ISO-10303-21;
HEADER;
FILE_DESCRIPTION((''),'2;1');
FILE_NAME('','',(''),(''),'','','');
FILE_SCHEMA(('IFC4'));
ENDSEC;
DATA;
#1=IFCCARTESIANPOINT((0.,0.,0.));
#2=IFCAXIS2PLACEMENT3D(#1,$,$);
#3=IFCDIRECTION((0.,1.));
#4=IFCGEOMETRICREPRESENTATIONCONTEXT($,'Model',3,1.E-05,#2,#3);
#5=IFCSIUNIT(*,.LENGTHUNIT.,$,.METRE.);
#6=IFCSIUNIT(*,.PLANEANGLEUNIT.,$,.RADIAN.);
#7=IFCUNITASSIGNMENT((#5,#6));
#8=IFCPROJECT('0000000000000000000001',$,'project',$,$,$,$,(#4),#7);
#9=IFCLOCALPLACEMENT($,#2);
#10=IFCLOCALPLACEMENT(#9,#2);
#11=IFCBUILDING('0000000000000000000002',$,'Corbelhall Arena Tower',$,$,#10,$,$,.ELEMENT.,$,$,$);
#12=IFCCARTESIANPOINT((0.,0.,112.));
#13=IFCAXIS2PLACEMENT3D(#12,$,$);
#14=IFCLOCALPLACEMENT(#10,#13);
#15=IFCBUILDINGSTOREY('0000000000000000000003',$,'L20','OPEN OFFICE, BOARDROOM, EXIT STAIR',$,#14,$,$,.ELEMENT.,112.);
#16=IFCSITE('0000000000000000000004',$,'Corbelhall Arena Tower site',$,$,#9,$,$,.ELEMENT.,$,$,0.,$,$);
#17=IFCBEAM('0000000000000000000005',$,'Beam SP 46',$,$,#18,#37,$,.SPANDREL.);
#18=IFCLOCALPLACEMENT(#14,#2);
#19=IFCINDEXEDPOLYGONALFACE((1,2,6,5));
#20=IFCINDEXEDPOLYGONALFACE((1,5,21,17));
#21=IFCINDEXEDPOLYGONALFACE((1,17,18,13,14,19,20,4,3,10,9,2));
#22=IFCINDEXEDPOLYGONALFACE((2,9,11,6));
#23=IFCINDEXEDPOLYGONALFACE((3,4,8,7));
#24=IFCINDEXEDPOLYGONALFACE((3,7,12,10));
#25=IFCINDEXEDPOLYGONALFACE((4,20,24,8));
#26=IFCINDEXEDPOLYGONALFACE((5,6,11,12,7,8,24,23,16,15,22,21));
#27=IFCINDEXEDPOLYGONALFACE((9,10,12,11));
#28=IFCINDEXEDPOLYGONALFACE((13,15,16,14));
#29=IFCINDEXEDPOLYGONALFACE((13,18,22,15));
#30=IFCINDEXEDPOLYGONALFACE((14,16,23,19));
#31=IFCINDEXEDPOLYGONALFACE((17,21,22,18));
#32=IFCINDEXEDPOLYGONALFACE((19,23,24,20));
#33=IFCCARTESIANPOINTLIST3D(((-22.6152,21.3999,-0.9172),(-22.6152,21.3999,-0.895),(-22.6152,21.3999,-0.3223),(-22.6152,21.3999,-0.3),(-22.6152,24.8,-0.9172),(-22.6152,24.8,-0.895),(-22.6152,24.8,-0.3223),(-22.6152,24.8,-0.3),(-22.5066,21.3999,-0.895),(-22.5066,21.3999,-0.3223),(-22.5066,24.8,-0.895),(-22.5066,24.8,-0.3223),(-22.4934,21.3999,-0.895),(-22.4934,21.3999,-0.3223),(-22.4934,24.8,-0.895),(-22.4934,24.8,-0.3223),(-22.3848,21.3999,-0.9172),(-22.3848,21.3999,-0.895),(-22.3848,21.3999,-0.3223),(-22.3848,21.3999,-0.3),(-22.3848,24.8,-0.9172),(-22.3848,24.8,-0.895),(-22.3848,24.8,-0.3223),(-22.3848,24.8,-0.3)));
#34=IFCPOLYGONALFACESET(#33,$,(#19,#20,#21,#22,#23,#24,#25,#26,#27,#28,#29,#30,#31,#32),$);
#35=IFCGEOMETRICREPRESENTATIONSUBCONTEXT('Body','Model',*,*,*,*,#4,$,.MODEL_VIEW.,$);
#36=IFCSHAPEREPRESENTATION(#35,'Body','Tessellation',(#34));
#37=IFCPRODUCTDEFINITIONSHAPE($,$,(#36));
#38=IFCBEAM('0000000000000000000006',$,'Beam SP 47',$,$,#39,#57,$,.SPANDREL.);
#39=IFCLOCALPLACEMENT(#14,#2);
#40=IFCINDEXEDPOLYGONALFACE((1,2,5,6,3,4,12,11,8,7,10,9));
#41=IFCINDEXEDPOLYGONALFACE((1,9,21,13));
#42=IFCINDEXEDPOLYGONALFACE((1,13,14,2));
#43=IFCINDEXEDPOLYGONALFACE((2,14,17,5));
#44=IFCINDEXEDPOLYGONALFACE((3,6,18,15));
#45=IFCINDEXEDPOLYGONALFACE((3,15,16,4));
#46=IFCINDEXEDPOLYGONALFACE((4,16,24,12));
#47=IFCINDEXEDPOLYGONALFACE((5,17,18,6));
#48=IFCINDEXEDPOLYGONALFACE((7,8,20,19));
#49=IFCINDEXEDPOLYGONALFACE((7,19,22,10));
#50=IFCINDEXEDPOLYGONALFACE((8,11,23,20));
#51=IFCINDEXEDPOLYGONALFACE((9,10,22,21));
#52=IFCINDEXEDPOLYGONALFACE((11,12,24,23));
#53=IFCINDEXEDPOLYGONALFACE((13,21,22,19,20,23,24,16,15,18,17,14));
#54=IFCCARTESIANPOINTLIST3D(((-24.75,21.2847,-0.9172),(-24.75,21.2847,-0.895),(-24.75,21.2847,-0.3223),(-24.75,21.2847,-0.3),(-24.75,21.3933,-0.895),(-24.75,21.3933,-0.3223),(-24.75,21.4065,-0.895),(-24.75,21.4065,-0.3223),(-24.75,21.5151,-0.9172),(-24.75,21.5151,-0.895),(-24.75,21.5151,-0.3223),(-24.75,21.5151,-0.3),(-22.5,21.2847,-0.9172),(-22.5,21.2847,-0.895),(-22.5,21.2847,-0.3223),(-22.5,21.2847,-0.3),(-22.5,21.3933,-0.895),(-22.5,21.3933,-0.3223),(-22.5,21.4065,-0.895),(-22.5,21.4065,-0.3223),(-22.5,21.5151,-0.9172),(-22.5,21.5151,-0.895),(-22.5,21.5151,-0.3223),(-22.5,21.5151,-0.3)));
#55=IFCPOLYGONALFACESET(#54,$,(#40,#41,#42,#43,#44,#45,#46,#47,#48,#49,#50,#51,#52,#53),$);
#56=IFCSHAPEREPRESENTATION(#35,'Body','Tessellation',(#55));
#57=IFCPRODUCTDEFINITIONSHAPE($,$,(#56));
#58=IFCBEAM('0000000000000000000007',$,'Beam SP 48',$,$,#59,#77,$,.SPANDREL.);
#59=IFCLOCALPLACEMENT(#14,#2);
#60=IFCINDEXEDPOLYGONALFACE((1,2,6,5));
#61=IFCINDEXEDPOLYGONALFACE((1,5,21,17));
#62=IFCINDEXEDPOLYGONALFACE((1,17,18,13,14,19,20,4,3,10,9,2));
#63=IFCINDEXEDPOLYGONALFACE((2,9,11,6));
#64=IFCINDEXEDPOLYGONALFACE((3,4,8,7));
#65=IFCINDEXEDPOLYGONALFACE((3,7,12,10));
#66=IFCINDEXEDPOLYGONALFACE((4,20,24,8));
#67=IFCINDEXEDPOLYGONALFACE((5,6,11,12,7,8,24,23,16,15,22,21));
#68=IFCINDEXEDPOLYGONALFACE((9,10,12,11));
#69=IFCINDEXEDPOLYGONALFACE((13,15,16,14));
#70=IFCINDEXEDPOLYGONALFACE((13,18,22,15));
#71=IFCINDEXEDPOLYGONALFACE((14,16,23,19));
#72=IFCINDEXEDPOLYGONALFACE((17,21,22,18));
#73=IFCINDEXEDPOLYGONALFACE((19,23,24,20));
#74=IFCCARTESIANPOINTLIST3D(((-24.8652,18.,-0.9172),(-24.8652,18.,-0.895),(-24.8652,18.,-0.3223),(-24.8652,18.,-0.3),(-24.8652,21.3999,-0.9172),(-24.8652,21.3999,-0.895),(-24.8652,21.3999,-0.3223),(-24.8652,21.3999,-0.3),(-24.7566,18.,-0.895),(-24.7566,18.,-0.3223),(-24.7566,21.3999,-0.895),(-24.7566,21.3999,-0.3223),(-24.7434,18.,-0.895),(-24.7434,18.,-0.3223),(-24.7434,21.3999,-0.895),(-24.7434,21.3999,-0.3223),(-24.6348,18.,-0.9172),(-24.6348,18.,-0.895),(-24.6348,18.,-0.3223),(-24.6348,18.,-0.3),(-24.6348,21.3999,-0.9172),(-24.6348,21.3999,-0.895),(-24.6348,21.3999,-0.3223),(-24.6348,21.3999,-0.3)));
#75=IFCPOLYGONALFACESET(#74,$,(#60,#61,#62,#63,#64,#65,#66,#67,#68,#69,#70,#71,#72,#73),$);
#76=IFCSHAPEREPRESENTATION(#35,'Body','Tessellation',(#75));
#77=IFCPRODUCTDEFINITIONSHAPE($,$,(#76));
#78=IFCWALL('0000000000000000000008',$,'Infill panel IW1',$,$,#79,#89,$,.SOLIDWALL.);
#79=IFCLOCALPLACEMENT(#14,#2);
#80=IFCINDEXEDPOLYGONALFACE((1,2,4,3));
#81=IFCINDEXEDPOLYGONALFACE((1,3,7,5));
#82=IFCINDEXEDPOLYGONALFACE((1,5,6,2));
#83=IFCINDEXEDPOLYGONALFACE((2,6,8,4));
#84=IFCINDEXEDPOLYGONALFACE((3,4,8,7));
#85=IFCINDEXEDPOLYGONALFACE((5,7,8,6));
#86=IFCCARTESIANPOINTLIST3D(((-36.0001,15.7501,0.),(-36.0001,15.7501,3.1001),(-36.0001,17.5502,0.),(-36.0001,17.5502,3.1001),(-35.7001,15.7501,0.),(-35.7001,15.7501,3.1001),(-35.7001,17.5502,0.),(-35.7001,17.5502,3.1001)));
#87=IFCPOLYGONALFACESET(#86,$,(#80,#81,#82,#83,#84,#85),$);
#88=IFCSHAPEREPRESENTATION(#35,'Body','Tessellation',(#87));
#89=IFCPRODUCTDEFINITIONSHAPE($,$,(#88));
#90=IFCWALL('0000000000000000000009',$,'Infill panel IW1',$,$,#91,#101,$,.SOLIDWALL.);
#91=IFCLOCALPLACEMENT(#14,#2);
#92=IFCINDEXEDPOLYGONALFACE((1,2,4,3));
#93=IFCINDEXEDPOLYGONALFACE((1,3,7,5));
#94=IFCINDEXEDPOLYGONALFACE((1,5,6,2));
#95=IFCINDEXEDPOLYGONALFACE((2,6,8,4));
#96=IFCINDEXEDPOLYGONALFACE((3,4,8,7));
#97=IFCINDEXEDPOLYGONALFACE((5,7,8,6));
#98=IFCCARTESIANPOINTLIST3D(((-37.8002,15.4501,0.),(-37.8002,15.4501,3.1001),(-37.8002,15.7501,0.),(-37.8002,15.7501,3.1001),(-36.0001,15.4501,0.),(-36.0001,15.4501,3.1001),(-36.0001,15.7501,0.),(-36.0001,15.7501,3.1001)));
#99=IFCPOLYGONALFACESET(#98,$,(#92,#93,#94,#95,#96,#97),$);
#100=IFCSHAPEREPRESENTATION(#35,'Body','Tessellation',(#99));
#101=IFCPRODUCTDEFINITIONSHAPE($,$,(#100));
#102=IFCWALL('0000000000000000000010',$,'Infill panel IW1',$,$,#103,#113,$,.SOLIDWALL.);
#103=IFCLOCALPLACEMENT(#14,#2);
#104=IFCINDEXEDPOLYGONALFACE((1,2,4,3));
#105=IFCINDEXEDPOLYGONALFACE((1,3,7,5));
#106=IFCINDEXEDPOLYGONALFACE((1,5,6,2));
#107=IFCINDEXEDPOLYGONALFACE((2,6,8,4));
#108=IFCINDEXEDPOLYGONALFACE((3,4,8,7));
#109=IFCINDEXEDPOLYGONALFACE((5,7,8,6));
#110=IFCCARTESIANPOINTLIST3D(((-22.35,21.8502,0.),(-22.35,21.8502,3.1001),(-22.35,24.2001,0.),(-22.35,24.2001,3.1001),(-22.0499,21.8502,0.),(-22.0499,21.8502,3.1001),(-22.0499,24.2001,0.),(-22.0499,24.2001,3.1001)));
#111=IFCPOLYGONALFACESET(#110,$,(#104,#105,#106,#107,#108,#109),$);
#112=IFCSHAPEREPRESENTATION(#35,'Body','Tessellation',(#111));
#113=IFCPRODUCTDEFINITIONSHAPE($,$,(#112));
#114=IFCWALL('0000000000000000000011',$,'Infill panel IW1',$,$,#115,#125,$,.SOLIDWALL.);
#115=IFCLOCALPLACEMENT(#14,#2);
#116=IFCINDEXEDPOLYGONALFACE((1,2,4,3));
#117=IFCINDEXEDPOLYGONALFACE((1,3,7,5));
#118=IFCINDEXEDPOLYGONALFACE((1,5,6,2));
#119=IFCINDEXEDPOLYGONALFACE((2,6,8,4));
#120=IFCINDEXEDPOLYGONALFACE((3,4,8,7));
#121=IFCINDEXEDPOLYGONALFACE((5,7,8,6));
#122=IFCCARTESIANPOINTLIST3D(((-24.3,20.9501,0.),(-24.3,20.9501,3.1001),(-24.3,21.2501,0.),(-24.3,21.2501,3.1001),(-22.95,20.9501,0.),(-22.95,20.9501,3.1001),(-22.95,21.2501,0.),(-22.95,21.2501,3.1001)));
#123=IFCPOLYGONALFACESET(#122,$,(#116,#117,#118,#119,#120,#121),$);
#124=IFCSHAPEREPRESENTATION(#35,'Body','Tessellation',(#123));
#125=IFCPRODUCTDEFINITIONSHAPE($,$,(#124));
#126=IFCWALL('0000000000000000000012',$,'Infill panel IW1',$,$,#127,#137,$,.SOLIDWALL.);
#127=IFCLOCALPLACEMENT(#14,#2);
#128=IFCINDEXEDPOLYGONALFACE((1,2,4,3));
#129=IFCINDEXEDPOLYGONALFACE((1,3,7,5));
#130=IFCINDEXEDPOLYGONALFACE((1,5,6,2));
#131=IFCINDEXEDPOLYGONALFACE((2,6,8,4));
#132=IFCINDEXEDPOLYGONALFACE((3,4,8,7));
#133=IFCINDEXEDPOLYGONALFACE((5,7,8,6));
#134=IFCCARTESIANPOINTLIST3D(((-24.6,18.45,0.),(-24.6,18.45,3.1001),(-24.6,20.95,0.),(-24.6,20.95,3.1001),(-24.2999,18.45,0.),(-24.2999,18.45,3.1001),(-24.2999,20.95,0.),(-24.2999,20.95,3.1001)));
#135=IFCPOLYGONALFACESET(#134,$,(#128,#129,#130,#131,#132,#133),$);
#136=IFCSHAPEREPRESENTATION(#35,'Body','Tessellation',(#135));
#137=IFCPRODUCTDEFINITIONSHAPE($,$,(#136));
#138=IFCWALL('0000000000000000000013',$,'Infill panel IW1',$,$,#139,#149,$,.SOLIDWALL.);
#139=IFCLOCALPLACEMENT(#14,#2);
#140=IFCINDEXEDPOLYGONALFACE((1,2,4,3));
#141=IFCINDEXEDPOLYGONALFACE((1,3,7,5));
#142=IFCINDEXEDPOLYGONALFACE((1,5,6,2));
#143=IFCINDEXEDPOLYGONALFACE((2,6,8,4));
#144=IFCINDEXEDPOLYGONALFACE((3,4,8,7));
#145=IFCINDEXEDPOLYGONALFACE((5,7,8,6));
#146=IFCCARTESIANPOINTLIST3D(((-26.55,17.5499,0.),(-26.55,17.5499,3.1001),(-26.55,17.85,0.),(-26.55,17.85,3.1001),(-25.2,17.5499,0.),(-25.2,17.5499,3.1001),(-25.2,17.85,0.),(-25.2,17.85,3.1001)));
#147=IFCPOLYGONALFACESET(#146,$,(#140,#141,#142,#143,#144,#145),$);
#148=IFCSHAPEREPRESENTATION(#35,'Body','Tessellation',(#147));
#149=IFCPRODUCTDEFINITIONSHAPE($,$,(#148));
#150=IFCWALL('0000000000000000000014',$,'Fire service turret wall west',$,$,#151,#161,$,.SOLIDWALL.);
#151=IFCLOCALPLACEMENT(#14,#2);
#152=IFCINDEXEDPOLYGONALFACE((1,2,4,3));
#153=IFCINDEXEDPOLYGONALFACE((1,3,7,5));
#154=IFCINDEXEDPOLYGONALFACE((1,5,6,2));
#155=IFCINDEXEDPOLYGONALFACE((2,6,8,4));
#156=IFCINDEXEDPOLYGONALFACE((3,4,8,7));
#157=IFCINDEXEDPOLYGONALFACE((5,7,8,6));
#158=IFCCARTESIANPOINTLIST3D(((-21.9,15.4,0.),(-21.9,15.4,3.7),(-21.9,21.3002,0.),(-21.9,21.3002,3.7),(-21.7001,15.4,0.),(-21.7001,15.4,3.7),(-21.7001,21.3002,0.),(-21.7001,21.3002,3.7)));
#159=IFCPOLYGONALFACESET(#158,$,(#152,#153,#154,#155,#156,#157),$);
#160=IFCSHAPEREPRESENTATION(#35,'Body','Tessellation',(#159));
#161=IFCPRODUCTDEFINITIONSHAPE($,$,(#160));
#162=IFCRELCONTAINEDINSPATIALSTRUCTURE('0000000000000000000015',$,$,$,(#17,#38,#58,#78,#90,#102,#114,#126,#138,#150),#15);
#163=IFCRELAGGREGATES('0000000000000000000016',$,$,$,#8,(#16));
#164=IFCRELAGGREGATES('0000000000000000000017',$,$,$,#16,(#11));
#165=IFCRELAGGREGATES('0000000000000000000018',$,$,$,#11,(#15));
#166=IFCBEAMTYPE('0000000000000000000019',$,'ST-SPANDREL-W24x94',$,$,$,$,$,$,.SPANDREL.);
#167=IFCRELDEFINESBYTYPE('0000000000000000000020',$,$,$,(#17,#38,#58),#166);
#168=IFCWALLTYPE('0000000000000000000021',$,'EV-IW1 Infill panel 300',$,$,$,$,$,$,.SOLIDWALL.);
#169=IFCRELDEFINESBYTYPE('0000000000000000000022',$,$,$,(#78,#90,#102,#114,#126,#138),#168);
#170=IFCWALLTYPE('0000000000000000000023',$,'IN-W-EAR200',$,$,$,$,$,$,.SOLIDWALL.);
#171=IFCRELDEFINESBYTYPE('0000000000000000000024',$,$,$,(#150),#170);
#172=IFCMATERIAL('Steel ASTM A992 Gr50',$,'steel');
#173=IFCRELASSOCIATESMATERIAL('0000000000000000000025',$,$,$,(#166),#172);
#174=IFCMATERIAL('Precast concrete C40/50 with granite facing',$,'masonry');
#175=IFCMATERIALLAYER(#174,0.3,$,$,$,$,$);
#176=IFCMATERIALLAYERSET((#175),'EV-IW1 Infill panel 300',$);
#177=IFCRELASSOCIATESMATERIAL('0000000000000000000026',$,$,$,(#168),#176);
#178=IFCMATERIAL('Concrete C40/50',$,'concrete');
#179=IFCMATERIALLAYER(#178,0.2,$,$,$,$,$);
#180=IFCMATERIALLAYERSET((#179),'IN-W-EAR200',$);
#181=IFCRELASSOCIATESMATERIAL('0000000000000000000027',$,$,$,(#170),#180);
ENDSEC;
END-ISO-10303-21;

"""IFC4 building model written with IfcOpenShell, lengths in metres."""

from ifc_helpers import new_model, si_unit, direction, frame, frame_2d, origin, origin_2d, place, context, subcontext, project, spatial, rectangle, i_section, extrude, material, layer, layer_set, material_profile, profile_set, type_object, element, save


model = new_model("IFC4")

# Units and contexts
model_context = context("Model", 3, precision=1e-05, world=origin(), true_north=direction((0.0, 1.0)))
body_context = subcontext(model_context, "Body", "Model", "MODEL_VIEW")
ifc_project = project(units=[si_unit("LENGTHUNIT", "METRE"), si_unit("PLANEANGLEUNIT", "RADIAN")], contexts=[model_context])

# Site, building, storey
site_placement = place(None, origin())
site = spatial("IfcSite", under=ifc_project, at=site_placement, Name="Corbelhall Arena Tower site", CompositionType="ELEMENT", RefElevation=0.0)
building_placement = place(site_placement, origin())
building = spatial("IfcBuilding", under=site, at=building_placement, Name="Corbelhall Arena Tower", CompositionType="ELEMENT")
storey_placement = place(building_placement, frame((0.0, 0.0, 112.0)))
storey = spatial("IfcBuildingStorey", under=building, at=storey_placement, Name="L20", Description="OPEN OFFICE, BOARDROOM, EXIT STAIR", CompositionType="ELEMENT", Elevation=112.0)

# Beams
ifc_material_1 = material(Name="Steel ASTM A992 Gr50", Category="steel")
ifc_material_profile_1 = material_profile(ifc_material_1, i_section(OverallWidth=0.2305, OverallDepth=0.6172, WebThickness=0.0132, FlangeThickness=0.0222, at=origin_2d()))
ifc_profile_set_1 = profile_set([ifc_material_profile_1], Name="Steel ASTM A992 Gr50")
beam_type = type_object("IfcBeamType", Name="ST-SPANDREL-W24x94", PredefinedType="SPANDREL", material=ifc_profile_set_1)
beam_1_placement = place(storey_placement, frame((-22.5, 21.3999, -0.6086), z_axis=(0.0, 1.0, 0.0), x_axis=(-1.0, 0.0, 0.0)))
element("IfcBeam", 1, at=beam_1_placement, inside=storey, type_object=beam_type, Name="Beam SP 46", PredefinedType="SPANDREL", context=body_context, shape_type="SweptSolid", body=[
    extrude(i_section(OverallWidth=0.2305, OverallDepth=0.6172, WebThickness=0.0132, FlangeThickness=0.0222, at=origin_2d()), origin(), (0.0, 0.0, 1.0), 3.4001),
])
beam_2_placement = place(storey_placement, frame((-24.75, 21.3999, -0.6086), z_axis=(1.0, 0.0, 0.0), x_axis=(0.0, 1.0, 0.0)))
element("IfcBeam", 2, at=beam_2_placement, inside=storey, type_object=beam_type, Name="Beam SP 47", PredefinedType="SPANDREL", context=body_context, shape_type="SweptSolid", body=[
    extrude(i_section(OverallWidth=0.2305, OverallDepth=0.6172, WebThickness=0.0132, FlangeThickness=0.0222, at=origin_2d()), origin(), (0.0, 0.0, 1.0), 2.25),
])
beam_3_placement = place(storey_placement, frame((-24.75, 18.0, -0.6086), z_axis=(0.0, 1.0, 0.0), x_axis=(-1.0, 0.0, 0.0)))
element("IfcBeam", 3, at=beam_3_placement, inside=storey, type_object=beam_type, Name="Beam SP 48", PredefinedType="SPANDREL", context=body_context, shape_type="SweptSolid", body=[
    extrude(i_section(OverallWidth=0.2305, OverallDepth=0.6172, WebThickness=0.0132, FlangeThickness=0.0222, at=origin_2d()), origin(), (0.0, 0.0, 1.0), 3.3999),
])

# Walls
ifc_material_2 = material(Name="Precast concrete C40/50 with granite facing", Category="masonry")
ifc_layer_1 = layer(ifc_material_2, 0.3)
ifc_layer_set_1 = layer_set([ifc_layer_1], Name="EV-IW1 Infill panel 300")
wall_type_1 = type_object("IfcWallType", Name="EV-IW1 Infill panel 300", PredefinedType="SOLIDWALL", material=ifc_layer_set_1)
for number, where, z_axis, x_axis, name in (
    (4, (-35.8501, 17.55, 0.0), (0.0, 0.0, 1.0), (0.0, -1.0, 0.0), "Infill panel IW1"),
    (5, (-37.8, 15.6001, 0.0), (0.0, 0.0, 1.0), (1.0, 0.0, 0.0), "Infill panel IW1"),
):
    element("IfcWall", number, at=place(storey_placement, frame(where, z_axis=z_axis, x_axis=x_axis)), inside=storey, type_object=wall_type_1, Name=name, PredefinedType="SOLIDWALL", context=body_context, shape_type="SweptSolid", body=[
        extrude(rectangle(XDim=1.8, YDim=0.3, at=frame_2d((0.8999, 0.0))), origin(), (0.0, 0.0, 1.0), 3.1001),
    ])
wall_1_placement = place(storey_placement, frame((-22.2, 24.2, 0.0), z_axis=(0.0, 0.0, 1.0), x_axis=(0.0, -1.0, 0.0)))
element("IfcWall", 6, at=wall_1_placement, inside=storey, type_object=wall_type_1, Name="Infill panel IW1", PredefinedType="SOLIDWALL", context=body_context, shape_type="SweptSolid", body=[
    extrude(rectangle(XDim=2.3499, YDim=0.3, at=frame_2d((1.1748, 0.0))), origin(), (0.0, 0.0, 1.0), 3.1001),
])
wall_2_placement = place(storey_placement, frame((-22.95, 21.1001, 0.0), z_axis=(0.0, 0.0, 1.0), x_axis=(-1.0, 0.0, 0.0)))
element("IfcWall", 7, at=wall_2_placement, inside=storey, type_object=wall_type_1, Name="Infill panel IW1", PredefinedType="SOLIDWALL", context=body_context, shape_type="SweptSolid", body=[
    extrude(rectangle(XDim=1.3501, YDim=0.3, at=frame_2d((0.675, 0.0))), origin(), (0.0, 0.0, 1.0), 3.1001),
])
wall_3_placement = place(storey_placement, frame((-24.45, 20.95, 0.0), z_axis=(0.0, 0.0, 1.0), x_axis=(0.0, -1.0, 0.0)))
element("IfcWall", 8, at=wall_3_placement, inside=storey, type_object=wall_type_1, Name="Infill panel IW1", PredefinedType="SOLIDWALL", context=body_context, shape_type="SweptSolid", body=[
    extrude(rectangle(XDim=2.5, YDim=0.3, at=frame_2d((1.25, 0.0))), origin(), (0.0, 0.0, 1.0), 3.1001),
])
wall_4_placement = place(storey_placement, frame((-25.2, 17.7, 0.0), z_axis=(0.0, 0.0, 1.0), x_axis=(-1.0, 0.0, 0.0)))
element("IfcWall", 9, at=wall_4_placement, inside=storey, type_object=wall_type_1, Name="Infill panel IW1", PredefinedType="SOLIDWALL", context=body_context, shape_type="SweptSolid", body=[
    extrude(rectangle(XDim=1.3501, YDim=0.3, at=frame_2d((0.675, 0.0))), origin(), (0.0, 0.0, 1.0), 3.1001),
])

# Shared definitions
ifc_material_3 = material(Name="Concrete C40/50", Category="concrete")
ifc_layer_2 = layer(ifc_material_3, 0.2)
ifc_layer_set_2 = layer_set([ifc_layer_2], Name="IN-W-EAR200")
wall_type_2 = type_object("IfcWallType", Name="IN-W-EAR200", PredefinedType="SOLIDWALL", material=ifc_layer_set_2)

# Wall
wall_5_placement = place(storey_placement, frame((-21.8, 15.3999, 0.0), z_axis=(0.0, 0.0, 1.0), x_axis=(0.0, 1.0, 0.0)))
element("IfcWall", 10, at=wall_5_placement, inside=storey, type_object=wall_type_2, Name="Fire service turret wall west", PredefinedType="SOLIDWALL", context=body_context, shape_type="SweptSolid", body=[
    extrude(rectangle(XDim=5.9001, YDim=0.2, at=frame_2d((2.9502, 0.0))), origin(), (0.0, 0.0, 1.0), 3.7),
])

save(model, "model.ifc")
